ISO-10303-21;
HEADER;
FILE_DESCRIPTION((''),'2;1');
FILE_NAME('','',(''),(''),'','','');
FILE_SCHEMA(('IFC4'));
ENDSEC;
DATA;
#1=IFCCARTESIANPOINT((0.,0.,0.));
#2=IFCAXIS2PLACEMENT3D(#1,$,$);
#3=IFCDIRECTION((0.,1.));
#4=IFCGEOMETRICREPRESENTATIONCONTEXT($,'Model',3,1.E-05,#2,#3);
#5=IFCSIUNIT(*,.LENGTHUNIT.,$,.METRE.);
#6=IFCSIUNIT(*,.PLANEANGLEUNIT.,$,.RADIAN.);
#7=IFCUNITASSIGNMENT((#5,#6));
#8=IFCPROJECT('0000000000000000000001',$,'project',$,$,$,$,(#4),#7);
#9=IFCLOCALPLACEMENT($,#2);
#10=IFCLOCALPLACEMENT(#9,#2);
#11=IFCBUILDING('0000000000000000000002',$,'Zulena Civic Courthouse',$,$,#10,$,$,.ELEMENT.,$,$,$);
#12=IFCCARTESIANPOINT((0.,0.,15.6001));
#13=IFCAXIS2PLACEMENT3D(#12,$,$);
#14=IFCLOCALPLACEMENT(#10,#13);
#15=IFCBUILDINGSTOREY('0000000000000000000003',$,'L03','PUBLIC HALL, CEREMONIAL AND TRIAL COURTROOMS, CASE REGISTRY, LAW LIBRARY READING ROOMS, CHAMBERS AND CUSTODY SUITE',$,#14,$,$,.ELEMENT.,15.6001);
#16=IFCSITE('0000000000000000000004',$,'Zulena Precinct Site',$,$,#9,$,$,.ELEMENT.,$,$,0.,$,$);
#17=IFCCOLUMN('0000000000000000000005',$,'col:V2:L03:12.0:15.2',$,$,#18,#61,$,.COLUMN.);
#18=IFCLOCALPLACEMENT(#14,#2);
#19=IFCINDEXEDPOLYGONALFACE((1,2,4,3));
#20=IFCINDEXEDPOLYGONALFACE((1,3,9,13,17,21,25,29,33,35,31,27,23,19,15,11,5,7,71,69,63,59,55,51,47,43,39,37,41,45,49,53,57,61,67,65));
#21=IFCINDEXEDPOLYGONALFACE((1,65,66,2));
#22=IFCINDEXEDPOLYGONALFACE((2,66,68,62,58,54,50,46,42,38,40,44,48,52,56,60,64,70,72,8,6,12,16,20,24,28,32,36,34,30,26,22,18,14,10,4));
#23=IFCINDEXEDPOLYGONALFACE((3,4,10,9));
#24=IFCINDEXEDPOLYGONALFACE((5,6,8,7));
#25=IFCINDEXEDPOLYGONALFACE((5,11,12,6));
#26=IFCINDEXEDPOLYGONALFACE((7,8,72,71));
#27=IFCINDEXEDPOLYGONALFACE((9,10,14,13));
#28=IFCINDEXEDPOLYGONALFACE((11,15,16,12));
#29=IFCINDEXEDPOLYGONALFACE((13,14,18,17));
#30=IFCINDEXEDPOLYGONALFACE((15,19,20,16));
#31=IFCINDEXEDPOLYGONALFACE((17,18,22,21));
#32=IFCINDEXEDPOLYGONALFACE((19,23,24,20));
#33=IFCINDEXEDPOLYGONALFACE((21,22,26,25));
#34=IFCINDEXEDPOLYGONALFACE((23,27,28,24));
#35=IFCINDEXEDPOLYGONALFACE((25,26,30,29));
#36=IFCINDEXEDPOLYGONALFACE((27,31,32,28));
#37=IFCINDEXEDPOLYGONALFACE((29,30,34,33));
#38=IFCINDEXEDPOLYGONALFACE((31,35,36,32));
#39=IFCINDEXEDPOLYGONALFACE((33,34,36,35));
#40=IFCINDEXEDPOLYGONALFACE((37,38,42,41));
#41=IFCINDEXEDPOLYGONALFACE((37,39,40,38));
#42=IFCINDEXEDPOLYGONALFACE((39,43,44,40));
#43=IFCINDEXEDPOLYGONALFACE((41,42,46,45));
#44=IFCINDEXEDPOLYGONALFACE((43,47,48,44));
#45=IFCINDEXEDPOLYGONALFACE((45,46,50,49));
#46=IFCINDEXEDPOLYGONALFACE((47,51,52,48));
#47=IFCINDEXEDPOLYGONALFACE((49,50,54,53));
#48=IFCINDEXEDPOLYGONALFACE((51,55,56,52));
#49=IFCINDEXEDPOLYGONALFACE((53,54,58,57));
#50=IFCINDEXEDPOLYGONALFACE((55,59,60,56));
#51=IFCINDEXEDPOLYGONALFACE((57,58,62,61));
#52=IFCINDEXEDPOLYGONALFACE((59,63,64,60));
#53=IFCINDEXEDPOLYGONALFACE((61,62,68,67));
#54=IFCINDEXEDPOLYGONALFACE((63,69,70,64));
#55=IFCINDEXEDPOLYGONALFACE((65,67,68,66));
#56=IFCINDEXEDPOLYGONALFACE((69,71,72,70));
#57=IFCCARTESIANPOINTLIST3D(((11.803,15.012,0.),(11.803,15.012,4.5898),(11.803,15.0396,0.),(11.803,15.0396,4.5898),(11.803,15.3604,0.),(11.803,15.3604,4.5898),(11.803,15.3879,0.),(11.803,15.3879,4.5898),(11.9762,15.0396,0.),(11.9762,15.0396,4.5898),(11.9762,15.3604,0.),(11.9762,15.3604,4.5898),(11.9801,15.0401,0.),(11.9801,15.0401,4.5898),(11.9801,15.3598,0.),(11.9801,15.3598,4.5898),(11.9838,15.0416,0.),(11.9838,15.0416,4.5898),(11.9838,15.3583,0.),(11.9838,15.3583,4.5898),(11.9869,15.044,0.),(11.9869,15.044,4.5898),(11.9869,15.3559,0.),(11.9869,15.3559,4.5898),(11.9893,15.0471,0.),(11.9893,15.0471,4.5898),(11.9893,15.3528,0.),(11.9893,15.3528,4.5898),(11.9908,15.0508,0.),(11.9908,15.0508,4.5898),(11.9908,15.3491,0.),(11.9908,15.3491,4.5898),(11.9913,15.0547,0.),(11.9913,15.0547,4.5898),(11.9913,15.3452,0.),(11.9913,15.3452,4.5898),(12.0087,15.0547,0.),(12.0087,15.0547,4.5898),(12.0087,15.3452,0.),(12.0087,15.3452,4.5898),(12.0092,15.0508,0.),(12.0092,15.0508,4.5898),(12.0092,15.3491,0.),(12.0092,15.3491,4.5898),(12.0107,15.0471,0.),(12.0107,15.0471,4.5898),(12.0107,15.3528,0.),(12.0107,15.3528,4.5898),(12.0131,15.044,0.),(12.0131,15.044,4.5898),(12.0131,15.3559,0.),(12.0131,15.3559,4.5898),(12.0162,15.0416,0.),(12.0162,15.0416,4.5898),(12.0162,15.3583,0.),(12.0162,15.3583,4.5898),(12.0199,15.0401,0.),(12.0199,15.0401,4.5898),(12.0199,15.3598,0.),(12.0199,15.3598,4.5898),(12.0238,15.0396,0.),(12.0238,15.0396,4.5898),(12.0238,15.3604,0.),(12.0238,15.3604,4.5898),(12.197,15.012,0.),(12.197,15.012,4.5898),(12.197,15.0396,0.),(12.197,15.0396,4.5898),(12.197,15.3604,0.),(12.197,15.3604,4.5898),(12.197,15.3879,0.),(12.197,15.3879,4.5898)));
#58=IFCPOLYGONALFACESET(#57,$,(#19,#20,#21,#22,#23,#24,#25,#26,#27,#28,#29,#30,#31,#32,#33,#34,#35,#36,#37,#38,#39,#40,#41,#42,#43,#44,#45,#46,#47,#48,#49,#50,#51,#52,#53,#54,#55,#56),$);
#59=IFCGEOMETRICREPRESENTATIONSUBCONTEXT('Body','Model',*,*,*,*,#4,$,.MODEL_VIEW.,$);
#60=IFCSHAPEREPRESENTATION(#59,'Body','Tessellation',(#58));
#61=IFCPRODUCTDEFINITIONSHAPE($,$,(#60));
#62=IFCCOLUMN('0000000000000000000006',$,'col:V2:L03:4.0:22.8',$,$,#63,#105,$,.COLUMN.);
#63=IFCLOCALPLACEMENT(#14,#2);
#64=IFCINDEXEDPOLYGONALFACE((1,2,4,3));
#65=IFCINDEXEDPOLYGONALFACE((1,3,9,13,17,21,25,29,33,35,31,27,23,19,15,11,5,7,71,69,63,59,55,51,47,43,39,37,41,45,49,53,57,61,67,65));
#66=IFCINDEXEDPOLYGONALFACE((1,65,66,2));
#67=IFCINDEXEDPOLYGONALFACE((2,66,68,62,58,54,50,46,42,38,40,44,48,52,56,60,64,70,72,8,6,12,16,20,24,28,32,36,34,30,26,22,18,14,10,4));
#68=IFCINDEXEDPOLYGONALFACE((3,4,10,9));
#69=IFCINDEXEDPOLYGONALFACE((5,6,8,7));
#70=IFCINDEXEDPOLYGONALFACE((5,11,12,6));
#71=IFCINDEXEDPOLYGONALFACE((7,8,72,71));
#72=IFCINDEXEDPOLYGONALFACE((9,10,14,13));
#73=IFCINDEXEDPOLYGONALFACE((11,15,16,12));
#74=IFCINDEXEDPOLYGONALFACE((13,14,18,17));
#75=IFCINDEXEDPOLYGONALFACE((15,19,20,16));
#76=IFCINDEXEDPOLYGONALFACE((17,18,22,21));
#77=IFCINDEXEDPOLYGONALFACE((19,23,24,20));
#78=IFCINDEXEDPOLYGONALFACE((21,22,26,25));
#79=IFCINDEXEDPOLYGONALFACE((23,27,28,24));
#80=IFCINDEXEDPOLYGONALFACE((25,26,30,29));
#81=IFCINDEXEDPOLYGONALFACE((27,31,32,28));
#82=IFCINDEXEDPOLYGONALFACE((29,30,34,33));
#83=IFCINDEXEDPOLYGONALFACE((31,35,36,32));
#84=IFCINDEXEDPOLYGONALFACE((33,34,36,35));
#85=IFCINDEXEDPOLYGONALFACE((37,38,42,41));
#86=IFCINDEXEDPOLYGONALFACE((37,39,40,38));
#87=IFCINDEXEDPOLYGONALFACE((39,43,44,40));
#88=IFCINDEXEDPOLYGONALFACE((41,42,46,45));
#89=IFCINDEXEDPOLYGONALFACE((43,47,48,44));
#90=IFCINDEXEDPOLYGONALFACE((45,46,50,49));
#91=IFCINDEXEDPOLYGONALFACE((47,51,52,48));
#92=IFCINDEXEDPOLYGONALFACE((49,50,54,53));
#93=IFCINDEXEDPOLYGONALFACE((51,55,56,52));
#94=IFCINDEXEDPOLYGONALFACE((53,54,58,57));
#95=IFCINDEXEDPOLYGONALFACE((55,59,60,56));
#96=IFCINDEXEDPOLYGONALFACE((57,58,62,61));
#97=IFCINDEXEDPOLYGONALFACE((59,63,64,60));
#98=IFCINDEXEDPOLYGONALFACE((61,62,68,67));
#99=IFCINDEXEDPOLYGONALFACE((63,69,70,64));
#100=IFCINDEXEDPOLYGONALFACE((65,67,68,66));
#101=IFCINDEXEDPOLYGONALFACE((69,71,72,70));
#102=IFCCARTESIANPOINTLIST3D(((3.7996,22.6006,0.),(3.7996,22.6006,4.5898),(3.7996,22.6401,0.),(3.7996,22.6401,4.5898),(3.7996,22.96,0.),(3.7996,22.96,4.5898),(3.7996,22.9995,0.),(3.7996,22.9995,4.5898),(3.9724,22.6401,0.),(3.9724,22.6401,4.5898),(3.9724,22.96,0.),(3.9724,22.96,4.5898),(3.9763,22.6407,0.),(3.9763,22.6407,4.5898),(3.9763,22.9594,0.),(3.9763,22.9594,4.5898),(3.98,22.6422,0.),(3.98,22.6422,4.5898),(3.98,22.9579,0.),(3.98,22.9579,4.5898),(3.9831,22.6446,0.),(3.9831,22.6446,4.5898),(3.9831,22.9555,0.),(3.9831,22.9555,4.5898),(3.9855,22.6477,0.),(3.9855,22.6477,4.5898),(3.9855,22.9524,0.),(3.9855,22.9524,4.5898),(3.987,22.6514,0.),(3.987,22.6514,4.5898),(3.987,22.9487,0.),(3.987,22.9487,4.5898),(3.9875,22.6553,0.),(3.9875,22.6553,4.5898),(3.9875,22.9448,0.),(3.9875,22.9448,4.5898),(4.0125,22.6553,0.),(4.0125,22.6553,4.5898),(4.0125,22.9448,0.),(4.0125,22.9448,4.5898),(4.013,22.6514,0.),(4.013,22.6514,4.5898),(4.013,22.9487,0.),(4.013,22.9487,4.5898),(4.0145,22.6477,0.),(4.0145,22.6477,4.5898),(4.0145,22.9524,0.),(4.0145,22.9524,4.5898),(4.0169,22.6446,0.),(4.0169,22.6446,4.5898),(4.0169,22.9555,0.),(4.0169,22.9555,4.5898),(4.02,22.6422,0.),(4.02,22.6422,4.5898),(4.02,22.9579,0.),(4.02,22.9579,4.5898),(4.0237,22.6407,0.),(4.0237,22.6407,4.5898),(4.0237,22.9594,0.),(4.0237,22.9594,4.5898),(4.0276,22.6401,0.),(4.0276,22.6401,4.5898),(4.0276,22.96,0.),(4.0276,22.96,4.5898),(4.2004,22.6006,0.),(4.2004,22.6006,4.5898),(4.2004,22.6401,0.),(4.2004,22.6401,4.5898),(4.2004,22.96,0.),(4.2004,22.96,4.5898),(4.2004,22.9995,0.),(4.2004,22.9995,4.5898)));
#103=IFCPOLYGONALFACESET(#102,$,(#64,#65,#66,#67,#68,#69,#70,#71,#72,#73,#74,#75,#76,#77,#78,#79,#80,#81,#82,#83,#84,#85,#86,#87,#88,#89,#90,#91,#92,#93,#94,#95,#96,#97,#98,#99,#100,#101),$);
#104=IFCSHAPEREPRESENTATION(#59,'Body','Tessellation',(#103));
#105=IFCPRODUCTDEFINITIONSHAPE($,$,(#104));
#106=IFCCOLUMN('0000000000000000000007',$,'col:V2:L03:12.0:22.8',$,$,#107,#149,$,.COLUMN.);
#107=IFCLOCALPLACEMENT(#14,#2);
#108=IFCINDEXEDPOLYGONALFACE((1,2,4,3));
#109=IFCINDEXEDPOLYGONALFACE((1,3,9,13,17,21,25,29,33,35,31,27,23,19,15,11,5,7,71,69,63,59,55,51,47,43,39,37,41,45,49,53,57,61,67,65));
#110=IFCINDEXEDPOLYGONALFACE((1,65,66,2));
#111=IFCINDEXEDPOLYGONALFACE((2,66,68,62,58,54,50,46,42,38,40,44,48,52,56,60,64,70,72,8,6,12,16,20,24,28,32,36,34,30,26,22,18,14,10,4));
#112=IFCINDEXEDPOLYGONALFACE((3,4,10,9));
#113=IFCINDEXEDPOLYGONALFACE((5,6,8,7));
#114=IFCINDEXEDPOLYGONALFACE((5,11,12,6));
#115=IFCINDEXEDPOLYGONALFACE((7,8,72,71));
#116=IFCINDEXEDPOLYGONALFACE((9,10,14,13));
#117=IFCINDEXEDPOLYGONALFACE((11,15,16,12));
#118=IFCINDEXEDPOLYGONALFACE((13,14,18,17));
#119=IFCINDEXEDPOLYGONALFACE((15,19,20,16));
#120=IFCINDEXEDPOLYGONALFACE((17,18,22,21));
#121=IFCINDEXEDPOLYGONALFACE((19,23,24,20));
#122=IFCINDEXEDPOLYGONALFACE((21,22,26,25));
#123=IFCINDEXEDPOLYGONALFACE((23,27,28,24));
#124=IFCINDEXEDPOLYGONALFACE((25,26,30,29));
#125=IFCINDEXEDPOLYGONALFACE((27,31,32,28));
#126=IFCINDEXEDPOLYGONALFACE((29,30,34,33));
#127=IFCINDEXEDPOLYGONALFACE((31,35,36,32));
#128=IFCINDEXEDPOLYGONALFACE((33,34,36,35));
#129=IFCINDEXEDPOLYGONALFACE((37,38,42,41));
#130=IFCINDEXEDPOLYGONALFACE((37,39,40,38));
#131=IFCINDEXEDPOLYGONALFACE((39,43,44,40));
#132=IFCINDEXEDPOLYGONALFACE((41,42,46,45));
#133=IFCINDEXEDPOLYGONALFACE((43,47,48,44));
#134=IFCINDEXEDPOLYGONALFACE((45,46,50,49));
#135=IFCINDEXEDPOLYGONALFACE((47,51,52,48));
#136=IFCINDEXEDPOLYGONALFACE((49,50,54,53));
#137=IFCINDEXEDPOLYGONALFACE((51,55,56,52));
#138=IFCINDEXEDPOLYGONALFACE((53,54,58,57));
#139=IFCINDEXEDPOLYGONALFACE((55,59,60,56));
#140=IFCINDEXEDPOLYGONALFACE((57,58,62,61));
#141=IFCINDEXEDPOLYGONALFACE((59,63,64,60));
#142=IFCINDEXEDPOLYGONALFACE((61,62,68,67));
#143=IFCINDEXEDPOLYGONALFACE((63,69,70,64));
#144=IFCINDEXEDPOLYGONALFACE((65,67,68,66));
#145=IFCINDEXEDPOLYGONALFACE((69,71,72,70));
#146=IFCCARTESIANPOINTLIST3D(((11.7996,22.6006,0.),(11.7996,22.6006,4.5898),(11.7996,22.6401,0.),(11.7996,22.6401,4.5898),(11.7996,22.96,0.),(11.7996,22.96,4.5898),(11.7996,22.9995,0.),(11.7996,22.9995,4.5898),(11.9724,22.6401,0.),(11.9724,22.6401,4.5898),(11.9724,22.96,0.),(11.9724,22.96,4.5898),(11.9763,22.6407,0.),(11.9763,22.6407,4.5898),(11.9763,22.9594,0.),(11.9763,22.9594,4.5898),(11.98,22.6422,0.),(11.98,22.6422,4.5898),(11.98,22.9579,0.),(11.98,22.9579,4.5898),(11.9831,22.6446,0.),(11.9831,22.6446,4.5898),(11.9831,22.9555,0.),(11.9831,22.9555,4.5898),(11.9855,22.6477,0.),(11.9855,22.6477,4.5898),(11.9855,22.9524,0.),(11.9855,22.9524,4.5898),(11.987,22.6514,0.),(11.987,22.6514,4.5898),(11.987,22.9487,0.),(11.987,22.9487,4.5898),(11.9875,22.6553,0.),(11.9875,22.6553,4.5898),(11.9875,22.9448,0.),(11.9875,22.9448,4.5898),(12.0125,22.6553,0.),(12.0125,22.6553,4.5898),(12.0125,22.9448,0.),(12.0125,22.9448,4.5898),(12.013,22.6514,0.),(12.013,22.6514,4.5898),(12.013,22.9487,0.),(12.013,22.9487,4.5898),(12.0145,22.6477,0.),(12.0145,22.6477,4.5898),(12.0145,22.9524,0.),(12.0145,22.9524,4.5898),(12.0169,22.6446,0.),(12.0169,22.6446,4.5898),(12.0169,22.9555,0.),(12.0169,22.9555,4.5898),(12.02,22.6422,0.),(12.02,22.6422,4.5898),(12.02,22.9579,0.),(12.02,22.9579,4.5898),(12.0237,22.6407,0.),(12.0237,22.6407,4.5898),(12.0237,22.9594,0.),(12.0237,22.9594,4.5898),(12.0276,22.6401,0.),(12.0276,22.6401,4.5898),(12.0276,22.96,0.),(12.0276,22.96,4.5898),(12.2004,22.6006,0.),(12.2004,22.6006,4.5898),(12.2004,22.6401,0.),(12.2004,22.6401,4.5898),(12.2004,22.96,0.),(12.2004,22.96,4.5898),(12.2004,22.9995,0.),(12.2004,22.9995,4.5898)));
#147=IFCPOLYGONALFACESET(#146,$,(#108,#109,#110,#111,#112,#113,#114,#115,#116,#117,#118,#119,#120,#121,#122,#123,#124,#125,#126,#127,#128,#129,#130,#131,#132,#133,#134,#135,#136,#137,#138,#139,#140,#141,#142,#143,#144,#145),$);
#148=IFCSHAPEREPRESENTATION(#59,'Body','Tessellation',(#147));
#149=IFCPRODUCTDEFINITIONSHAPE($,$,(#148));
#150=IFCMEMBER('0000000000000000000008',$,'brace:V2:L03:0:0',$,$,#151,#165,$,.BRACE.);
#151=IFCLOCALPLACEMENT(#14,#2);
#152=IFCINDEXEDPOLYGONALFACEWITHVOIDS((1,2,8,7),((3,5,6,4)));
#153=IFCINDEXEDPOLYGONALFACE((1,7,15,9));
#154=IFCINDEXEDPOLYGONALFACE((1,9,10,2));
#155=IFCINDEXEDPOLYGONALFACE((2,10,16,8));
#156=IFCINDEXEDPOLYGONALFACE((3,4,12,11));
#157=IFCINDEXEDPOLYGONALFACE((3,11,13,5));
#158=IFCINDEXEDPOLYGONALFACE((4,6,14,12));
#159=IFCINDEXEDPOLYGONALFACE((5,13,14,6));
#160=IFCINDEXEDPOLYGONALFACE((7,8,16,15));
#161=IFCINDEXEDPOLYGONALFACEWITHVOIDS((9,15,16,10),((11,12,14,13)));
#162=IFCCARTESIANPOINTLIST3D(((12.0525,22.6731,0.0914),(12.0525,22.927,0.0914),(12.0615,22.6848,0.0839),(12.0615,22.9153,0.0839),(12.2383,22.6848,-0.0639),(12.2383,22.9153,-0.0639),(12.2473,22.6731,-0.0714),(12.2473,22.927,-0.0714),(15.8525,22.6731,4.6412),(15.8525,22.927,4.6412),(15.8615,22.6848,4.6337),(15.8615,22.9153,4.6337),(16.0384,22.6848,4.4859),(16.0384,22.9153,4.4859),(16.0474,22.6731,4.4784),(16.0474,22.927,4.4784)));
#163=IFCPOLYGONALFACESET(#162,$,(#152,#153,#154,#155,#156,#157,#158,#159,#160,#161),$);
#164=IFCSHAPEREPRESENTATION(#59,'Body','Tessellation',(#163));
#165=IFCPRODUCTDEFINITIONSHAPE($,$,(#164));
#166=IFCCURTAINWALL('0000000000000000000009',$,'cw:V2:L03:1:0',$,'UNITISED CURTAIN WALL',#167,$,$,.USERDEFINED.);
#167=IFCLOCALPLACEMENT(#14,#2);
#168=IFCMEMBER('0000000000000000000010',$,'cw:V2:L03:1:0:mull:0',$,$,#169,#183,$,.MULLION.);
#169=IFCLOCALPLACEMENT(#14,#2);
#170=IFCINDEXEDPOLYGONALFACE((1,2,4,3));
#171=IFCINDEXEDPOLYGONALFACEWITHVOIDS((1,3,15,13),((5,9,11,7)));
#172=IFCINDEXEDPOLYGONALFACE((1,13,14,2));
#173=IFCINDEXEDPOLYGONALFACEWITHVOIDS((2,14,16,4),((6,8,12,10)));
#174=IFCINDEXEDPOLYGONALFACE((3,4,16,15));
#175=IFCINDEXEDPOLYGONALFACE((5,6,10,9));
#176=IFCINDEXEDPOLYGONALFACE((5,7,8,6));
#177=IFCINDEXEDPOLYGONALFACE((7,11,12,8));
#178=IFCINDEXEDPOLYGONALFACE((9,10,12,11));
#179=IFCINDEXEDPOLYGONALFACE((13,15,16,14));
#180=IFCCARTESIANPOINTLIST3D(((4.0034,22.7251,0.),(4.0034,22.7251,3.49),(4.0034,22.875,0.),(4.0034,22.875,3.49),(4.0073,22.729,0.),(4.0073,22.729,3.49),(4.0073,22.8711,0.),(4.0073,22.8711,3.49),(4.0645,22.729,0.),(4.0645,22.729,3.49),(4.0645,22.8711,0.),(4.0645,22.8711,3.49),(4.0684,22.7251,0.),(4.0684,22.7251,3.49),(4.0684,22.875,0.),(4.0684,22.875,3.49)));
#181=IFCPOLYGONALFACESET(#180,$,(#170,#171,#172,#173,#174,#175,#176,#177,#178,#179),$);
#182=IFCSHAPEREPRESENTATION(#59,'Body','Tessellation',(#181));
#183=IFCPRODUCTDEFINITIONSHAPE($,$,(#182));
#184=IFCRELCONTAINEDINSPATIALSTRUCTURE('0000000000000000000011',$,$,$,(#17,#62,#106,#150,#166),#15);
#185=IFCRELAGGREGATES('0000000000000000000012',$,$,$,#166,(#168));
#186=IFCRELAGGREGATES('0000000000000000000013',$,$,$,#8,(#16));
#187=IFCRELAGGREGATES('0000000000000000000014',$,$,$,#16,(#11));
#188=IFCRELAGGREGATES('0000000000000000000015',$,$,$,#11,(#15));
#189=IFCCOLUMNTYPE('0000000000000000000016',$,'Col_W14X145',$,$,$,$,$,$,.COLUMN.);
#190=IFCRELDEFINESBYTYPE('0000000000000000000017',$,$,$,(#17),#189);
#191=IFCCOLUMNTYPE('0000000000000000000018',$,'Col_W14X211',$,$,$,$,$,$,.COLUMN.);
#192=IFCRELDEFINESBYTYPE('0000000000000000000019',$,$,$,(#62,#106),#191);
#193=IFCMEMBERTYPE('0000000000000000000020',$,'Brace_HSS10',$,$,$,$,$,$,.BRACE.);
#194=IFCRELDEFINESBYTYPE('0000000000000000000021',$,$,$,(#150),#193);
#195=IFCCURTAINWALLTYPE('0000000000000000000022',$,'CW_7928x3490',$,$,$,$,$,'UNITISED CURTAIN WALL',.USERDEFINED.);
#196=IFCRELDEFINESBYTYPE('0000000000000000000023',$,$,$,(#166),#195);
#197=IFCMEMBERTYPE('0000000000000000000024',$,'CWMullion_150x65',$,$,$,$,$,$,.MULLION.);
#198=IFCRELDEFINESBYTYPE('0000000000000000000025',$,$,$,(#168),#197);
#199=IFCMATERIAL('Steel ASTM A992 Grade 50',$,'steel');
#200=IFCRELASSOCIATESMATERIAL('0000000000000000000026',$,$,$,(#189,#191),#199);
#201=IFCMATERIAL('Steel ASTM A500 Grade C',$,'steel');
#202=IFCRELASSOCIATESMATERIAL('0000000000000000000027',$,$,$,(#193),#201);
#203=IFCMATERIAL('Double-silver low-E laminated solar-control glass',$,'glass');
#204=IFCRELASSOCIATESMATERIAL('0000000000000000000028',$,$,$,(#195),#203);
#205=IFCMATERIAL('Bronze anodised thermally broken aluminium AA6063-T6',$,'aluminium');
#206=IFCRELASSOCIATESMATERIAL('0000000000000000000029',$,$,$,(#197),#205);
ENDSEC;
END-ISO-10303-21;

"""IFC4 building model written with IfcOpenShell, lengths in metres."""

from ifc_helpers import new_model, si_unit, direction, frame, origin, origin_2d, place, context, subcontext, project, spatial, hollow_rectangle, i_section, extrude, material, material_profile, profile_set, type_object, element, aggregate, save


model = new_model("IFC4")

# Units and contexts
model_context = context("Model", 3, precision=1e-05, world=origin(), true_north=direction((0.0, 1.0)))
body_context = subcontext(model_context, "Body", "Model", "MODEL_VIEW")
ifc_project = project(units=[si_unit("LENGTHUNIT", "METRE"), si_unit("PLANEANGLEUNIT", "RADIAN")], contexts=[model_context])

# Site, building, storey
site_placement = place(None, origin())
site = spatial("IfcSite", under=ifc_project, at=site_placement, Name="Zulena Precinct Site", CompositionType="ELEMENT", RefElevation=0.0)
building_placement = place(site_placement, origin())
building = spatial("IfcBuilding", under=site, at=building_placement, Name="Zulena Civic Courthouse", CompositionType="ELEMENT")
storey_placement = place(building_placement, frame((0.0, 0.0, 15.6001)))
storey = spatial("IfcBuildingStorey", under=building, at=storey_placement, Name="L03", Description="PUBLIC HALL, CEREMONIAL AND TRIAL COURTROOMS, CASE REGISTRY, LAW LIBRARY READING ROOMS, CHAMBERS AND CUSTODY SUITE", CompositionType="ELEMENT", Elevation=15.6001)

# Columns
ifc_material_1 = material(Name="Steel ASTM A992 Grade 50", Category="steel")
ifc_material_profile_1 = material_profile(ifc_material_1, i_section(OverallWidth=0.394, OverallDepth=0.376, WebThickness=0.0173, FlangeThickness=0.0276, FilletRadius=0.0151, at=origin_2d()), Name="W14X145")
ifc_profile_set_1 = profile_set([ifc_material_profile_1], Name="Steel ASTM A992 Grade 50")
column_type_1 = type_object("IfcColumnType", Name="Col_W14X145", PredefinedType="COLUMN", material=ifc_profile_set_1)
column_placement = place(storey_placement, frame((12.0, 15.2, 0.0), z_axis=(0.0, 0.0, 1.0), x_axis=(1.0, 0.0, 0.0)))
element("IfcColumn", 1, at=column_placement, inside=storey, type_object=column_type_1, Name="col:V2:L03:12.0:15.2", PredefinedType="COLUMN", context=body_context, shape_type="SweptSolid", body=[
    extrude(i_section(OverallWidth=0.394, OverallDepth=0.376, WebThickness=0.0173, FlangeThickness=0.0276, FilletRadius=0.0151, at=origin_2d()), origin(), (0.0, 0.0, 1.0), 4.5898),
])
ifc_material_profile_2 = material_profile(ifc_material_1, i_section(OverallWidth=0.4009, OverallDepth=0.3989, WebThickness=0.0249, FlangeThickness=0.0396, FilletRadius=0.0151, at=origin_2d()), Name="W14X211")
ifc_profile_set_2 = profile_set([ifc_material_profile_2], Name="Steel ASTM A992 Grade 50")
column_type_2 = type_object("IfcColumnType", Name="Col_W14X211", PredefinedType="COLUMN", material=ifc_profile_set_2)
for number, where, z_axis, x_axis, name in (
    (2, (4.0, 22.8, 0.0), (0.0, 0.0, 1.0), (1.0, 0.0, 0.0), "col:V2:L03:4.0:22.8"),
    (3, (12.0, 22.8, 0.0), (0.0, 0.0, 1.0), (1.0, 0.0, 0.0), "col:V2:L03:12.0:22.8"),
):
    element("IfcColumn", number, at=place(storey_placement, frame(where, z_axis=z_axis, x_axis=x_axis)), inside=storey, type_object=column_type_2, Name=name, PredefinedType="COLUMN", context=body_context, shape_type="SweptSolid", body=[
        extrude(i_section(OverallWidth=0.4009, OverallDepth=0.3989, WebThickness=0.0249, FlangeThickness=0.0396, FilletRadius=0.0151, at=origin_2d()), origin(), (0.0, 0.0, 1.0), 4.5898),
    ])

# Member
ifc_material_2 = material(Name="Steel ASTM A500 Grade C", Category="steel")
ifc_material_profile_3 = material_profile(ifc_material_2, hollow_rectangle(XDim=0.2539, YDim=0.2539, WallThickness=0.0117, at=origin_2d()), Name="HSS10X10X1/2")
ifc_profile_set_3 = profile_set([ifc_material_profile_3], Name="Steel ASTM A500 Grade C")
member_type_1 = type_object("IfcMemberType", Name="Brace_HSS10", PredefinedType="BRACE", material=ifc_profile_set_3)
member_1_placement = place(storey_placement, frame((12.1499, 22.8, 0.01), z_axis=(0.641035, 0.0, 0.767512), x_axis=(0.0, 1.0, 0.0)))
element("IfcMember", 4, at=member_1_placement, inside=storey, type_object=member_type_1, Name="brace:V2:L03:0:0", PredefinedType="BRACE", context=body_context, shape_type="SweptSolid", body=[
    extrude(hollow_rectangle(XDim=0.2539, YDim=0.2539, WallThickness=0.0117, at=origin_2d()), origin(), (0.0, 0.0, 1.0), 5.928),
])

# Curtain wall, member
ifc_material_3 = material(Name="Double-silver low-E laminated solar-control glass", Category="glass")
curtain_wall_type = type_object("IfcCurtainWallType", Name="CW_7928x3490", ElementType="UNITISED CURTAIN WALL", PredefinedType="USERDEFINED", material=ifc_material_3)
curtain_wall_placement = place(storey_placement, origin())
curtain_wall = element("IfcCurtainWall", 5, at=curtain_wall_placement, inside=storey, type_object=curtain_wall_type, Name="cw:V2:L03:1:0", ObjectType="UNITISED CURTAIN WALL", PredefinedType="USERDEFINED")
ifc_material_4 = material(Name="Bronze anodised thermally broken aluminium AA6063-T6", Category="aluminium")
ifc_material_profile_4 = material_profile(ifc_material_4, hollow_rectangle(XDim=0.0649, YDim=0.1499, WallThickness=0.0039, at=origin_2d()), Name="CWM150X65X4")
ifc_profile_set_4 = profile_set([ifc_material_profile_4], Name="Bronze anodised thermally broken aluminium AA6063-T6")
member_type_2 = type_object("IfcMemberType", Name="CWMullion_150x65", PredefinedType="MULLION", material=ifc_profile_set_4)
member_2_placement = place(storey_placement, frame((4.0359, 22.8, 0.0), z_axis=(0.0, 0.0, 1.0), x_axis=(1.0, 0.0, 0.0)))
member_2 = element("IfcMember", 6, at=member_2_placement, type_object=member_type_2, Name="cw:V2:L03:1:0:mull:0", PredefinedType="MULLION", context=body_context, shape_type="SweptSolid", body=[
    extrude(hollow_rectangle(XDim=0.0649, YDim=0.1499, WallThickness=0.0039, at=origin_2d()), origin(), (0.0, 0.0, 1.0), 3.49),
])

aggregate(curtain_wall, [member_2])

save(model, "model.ifc")
